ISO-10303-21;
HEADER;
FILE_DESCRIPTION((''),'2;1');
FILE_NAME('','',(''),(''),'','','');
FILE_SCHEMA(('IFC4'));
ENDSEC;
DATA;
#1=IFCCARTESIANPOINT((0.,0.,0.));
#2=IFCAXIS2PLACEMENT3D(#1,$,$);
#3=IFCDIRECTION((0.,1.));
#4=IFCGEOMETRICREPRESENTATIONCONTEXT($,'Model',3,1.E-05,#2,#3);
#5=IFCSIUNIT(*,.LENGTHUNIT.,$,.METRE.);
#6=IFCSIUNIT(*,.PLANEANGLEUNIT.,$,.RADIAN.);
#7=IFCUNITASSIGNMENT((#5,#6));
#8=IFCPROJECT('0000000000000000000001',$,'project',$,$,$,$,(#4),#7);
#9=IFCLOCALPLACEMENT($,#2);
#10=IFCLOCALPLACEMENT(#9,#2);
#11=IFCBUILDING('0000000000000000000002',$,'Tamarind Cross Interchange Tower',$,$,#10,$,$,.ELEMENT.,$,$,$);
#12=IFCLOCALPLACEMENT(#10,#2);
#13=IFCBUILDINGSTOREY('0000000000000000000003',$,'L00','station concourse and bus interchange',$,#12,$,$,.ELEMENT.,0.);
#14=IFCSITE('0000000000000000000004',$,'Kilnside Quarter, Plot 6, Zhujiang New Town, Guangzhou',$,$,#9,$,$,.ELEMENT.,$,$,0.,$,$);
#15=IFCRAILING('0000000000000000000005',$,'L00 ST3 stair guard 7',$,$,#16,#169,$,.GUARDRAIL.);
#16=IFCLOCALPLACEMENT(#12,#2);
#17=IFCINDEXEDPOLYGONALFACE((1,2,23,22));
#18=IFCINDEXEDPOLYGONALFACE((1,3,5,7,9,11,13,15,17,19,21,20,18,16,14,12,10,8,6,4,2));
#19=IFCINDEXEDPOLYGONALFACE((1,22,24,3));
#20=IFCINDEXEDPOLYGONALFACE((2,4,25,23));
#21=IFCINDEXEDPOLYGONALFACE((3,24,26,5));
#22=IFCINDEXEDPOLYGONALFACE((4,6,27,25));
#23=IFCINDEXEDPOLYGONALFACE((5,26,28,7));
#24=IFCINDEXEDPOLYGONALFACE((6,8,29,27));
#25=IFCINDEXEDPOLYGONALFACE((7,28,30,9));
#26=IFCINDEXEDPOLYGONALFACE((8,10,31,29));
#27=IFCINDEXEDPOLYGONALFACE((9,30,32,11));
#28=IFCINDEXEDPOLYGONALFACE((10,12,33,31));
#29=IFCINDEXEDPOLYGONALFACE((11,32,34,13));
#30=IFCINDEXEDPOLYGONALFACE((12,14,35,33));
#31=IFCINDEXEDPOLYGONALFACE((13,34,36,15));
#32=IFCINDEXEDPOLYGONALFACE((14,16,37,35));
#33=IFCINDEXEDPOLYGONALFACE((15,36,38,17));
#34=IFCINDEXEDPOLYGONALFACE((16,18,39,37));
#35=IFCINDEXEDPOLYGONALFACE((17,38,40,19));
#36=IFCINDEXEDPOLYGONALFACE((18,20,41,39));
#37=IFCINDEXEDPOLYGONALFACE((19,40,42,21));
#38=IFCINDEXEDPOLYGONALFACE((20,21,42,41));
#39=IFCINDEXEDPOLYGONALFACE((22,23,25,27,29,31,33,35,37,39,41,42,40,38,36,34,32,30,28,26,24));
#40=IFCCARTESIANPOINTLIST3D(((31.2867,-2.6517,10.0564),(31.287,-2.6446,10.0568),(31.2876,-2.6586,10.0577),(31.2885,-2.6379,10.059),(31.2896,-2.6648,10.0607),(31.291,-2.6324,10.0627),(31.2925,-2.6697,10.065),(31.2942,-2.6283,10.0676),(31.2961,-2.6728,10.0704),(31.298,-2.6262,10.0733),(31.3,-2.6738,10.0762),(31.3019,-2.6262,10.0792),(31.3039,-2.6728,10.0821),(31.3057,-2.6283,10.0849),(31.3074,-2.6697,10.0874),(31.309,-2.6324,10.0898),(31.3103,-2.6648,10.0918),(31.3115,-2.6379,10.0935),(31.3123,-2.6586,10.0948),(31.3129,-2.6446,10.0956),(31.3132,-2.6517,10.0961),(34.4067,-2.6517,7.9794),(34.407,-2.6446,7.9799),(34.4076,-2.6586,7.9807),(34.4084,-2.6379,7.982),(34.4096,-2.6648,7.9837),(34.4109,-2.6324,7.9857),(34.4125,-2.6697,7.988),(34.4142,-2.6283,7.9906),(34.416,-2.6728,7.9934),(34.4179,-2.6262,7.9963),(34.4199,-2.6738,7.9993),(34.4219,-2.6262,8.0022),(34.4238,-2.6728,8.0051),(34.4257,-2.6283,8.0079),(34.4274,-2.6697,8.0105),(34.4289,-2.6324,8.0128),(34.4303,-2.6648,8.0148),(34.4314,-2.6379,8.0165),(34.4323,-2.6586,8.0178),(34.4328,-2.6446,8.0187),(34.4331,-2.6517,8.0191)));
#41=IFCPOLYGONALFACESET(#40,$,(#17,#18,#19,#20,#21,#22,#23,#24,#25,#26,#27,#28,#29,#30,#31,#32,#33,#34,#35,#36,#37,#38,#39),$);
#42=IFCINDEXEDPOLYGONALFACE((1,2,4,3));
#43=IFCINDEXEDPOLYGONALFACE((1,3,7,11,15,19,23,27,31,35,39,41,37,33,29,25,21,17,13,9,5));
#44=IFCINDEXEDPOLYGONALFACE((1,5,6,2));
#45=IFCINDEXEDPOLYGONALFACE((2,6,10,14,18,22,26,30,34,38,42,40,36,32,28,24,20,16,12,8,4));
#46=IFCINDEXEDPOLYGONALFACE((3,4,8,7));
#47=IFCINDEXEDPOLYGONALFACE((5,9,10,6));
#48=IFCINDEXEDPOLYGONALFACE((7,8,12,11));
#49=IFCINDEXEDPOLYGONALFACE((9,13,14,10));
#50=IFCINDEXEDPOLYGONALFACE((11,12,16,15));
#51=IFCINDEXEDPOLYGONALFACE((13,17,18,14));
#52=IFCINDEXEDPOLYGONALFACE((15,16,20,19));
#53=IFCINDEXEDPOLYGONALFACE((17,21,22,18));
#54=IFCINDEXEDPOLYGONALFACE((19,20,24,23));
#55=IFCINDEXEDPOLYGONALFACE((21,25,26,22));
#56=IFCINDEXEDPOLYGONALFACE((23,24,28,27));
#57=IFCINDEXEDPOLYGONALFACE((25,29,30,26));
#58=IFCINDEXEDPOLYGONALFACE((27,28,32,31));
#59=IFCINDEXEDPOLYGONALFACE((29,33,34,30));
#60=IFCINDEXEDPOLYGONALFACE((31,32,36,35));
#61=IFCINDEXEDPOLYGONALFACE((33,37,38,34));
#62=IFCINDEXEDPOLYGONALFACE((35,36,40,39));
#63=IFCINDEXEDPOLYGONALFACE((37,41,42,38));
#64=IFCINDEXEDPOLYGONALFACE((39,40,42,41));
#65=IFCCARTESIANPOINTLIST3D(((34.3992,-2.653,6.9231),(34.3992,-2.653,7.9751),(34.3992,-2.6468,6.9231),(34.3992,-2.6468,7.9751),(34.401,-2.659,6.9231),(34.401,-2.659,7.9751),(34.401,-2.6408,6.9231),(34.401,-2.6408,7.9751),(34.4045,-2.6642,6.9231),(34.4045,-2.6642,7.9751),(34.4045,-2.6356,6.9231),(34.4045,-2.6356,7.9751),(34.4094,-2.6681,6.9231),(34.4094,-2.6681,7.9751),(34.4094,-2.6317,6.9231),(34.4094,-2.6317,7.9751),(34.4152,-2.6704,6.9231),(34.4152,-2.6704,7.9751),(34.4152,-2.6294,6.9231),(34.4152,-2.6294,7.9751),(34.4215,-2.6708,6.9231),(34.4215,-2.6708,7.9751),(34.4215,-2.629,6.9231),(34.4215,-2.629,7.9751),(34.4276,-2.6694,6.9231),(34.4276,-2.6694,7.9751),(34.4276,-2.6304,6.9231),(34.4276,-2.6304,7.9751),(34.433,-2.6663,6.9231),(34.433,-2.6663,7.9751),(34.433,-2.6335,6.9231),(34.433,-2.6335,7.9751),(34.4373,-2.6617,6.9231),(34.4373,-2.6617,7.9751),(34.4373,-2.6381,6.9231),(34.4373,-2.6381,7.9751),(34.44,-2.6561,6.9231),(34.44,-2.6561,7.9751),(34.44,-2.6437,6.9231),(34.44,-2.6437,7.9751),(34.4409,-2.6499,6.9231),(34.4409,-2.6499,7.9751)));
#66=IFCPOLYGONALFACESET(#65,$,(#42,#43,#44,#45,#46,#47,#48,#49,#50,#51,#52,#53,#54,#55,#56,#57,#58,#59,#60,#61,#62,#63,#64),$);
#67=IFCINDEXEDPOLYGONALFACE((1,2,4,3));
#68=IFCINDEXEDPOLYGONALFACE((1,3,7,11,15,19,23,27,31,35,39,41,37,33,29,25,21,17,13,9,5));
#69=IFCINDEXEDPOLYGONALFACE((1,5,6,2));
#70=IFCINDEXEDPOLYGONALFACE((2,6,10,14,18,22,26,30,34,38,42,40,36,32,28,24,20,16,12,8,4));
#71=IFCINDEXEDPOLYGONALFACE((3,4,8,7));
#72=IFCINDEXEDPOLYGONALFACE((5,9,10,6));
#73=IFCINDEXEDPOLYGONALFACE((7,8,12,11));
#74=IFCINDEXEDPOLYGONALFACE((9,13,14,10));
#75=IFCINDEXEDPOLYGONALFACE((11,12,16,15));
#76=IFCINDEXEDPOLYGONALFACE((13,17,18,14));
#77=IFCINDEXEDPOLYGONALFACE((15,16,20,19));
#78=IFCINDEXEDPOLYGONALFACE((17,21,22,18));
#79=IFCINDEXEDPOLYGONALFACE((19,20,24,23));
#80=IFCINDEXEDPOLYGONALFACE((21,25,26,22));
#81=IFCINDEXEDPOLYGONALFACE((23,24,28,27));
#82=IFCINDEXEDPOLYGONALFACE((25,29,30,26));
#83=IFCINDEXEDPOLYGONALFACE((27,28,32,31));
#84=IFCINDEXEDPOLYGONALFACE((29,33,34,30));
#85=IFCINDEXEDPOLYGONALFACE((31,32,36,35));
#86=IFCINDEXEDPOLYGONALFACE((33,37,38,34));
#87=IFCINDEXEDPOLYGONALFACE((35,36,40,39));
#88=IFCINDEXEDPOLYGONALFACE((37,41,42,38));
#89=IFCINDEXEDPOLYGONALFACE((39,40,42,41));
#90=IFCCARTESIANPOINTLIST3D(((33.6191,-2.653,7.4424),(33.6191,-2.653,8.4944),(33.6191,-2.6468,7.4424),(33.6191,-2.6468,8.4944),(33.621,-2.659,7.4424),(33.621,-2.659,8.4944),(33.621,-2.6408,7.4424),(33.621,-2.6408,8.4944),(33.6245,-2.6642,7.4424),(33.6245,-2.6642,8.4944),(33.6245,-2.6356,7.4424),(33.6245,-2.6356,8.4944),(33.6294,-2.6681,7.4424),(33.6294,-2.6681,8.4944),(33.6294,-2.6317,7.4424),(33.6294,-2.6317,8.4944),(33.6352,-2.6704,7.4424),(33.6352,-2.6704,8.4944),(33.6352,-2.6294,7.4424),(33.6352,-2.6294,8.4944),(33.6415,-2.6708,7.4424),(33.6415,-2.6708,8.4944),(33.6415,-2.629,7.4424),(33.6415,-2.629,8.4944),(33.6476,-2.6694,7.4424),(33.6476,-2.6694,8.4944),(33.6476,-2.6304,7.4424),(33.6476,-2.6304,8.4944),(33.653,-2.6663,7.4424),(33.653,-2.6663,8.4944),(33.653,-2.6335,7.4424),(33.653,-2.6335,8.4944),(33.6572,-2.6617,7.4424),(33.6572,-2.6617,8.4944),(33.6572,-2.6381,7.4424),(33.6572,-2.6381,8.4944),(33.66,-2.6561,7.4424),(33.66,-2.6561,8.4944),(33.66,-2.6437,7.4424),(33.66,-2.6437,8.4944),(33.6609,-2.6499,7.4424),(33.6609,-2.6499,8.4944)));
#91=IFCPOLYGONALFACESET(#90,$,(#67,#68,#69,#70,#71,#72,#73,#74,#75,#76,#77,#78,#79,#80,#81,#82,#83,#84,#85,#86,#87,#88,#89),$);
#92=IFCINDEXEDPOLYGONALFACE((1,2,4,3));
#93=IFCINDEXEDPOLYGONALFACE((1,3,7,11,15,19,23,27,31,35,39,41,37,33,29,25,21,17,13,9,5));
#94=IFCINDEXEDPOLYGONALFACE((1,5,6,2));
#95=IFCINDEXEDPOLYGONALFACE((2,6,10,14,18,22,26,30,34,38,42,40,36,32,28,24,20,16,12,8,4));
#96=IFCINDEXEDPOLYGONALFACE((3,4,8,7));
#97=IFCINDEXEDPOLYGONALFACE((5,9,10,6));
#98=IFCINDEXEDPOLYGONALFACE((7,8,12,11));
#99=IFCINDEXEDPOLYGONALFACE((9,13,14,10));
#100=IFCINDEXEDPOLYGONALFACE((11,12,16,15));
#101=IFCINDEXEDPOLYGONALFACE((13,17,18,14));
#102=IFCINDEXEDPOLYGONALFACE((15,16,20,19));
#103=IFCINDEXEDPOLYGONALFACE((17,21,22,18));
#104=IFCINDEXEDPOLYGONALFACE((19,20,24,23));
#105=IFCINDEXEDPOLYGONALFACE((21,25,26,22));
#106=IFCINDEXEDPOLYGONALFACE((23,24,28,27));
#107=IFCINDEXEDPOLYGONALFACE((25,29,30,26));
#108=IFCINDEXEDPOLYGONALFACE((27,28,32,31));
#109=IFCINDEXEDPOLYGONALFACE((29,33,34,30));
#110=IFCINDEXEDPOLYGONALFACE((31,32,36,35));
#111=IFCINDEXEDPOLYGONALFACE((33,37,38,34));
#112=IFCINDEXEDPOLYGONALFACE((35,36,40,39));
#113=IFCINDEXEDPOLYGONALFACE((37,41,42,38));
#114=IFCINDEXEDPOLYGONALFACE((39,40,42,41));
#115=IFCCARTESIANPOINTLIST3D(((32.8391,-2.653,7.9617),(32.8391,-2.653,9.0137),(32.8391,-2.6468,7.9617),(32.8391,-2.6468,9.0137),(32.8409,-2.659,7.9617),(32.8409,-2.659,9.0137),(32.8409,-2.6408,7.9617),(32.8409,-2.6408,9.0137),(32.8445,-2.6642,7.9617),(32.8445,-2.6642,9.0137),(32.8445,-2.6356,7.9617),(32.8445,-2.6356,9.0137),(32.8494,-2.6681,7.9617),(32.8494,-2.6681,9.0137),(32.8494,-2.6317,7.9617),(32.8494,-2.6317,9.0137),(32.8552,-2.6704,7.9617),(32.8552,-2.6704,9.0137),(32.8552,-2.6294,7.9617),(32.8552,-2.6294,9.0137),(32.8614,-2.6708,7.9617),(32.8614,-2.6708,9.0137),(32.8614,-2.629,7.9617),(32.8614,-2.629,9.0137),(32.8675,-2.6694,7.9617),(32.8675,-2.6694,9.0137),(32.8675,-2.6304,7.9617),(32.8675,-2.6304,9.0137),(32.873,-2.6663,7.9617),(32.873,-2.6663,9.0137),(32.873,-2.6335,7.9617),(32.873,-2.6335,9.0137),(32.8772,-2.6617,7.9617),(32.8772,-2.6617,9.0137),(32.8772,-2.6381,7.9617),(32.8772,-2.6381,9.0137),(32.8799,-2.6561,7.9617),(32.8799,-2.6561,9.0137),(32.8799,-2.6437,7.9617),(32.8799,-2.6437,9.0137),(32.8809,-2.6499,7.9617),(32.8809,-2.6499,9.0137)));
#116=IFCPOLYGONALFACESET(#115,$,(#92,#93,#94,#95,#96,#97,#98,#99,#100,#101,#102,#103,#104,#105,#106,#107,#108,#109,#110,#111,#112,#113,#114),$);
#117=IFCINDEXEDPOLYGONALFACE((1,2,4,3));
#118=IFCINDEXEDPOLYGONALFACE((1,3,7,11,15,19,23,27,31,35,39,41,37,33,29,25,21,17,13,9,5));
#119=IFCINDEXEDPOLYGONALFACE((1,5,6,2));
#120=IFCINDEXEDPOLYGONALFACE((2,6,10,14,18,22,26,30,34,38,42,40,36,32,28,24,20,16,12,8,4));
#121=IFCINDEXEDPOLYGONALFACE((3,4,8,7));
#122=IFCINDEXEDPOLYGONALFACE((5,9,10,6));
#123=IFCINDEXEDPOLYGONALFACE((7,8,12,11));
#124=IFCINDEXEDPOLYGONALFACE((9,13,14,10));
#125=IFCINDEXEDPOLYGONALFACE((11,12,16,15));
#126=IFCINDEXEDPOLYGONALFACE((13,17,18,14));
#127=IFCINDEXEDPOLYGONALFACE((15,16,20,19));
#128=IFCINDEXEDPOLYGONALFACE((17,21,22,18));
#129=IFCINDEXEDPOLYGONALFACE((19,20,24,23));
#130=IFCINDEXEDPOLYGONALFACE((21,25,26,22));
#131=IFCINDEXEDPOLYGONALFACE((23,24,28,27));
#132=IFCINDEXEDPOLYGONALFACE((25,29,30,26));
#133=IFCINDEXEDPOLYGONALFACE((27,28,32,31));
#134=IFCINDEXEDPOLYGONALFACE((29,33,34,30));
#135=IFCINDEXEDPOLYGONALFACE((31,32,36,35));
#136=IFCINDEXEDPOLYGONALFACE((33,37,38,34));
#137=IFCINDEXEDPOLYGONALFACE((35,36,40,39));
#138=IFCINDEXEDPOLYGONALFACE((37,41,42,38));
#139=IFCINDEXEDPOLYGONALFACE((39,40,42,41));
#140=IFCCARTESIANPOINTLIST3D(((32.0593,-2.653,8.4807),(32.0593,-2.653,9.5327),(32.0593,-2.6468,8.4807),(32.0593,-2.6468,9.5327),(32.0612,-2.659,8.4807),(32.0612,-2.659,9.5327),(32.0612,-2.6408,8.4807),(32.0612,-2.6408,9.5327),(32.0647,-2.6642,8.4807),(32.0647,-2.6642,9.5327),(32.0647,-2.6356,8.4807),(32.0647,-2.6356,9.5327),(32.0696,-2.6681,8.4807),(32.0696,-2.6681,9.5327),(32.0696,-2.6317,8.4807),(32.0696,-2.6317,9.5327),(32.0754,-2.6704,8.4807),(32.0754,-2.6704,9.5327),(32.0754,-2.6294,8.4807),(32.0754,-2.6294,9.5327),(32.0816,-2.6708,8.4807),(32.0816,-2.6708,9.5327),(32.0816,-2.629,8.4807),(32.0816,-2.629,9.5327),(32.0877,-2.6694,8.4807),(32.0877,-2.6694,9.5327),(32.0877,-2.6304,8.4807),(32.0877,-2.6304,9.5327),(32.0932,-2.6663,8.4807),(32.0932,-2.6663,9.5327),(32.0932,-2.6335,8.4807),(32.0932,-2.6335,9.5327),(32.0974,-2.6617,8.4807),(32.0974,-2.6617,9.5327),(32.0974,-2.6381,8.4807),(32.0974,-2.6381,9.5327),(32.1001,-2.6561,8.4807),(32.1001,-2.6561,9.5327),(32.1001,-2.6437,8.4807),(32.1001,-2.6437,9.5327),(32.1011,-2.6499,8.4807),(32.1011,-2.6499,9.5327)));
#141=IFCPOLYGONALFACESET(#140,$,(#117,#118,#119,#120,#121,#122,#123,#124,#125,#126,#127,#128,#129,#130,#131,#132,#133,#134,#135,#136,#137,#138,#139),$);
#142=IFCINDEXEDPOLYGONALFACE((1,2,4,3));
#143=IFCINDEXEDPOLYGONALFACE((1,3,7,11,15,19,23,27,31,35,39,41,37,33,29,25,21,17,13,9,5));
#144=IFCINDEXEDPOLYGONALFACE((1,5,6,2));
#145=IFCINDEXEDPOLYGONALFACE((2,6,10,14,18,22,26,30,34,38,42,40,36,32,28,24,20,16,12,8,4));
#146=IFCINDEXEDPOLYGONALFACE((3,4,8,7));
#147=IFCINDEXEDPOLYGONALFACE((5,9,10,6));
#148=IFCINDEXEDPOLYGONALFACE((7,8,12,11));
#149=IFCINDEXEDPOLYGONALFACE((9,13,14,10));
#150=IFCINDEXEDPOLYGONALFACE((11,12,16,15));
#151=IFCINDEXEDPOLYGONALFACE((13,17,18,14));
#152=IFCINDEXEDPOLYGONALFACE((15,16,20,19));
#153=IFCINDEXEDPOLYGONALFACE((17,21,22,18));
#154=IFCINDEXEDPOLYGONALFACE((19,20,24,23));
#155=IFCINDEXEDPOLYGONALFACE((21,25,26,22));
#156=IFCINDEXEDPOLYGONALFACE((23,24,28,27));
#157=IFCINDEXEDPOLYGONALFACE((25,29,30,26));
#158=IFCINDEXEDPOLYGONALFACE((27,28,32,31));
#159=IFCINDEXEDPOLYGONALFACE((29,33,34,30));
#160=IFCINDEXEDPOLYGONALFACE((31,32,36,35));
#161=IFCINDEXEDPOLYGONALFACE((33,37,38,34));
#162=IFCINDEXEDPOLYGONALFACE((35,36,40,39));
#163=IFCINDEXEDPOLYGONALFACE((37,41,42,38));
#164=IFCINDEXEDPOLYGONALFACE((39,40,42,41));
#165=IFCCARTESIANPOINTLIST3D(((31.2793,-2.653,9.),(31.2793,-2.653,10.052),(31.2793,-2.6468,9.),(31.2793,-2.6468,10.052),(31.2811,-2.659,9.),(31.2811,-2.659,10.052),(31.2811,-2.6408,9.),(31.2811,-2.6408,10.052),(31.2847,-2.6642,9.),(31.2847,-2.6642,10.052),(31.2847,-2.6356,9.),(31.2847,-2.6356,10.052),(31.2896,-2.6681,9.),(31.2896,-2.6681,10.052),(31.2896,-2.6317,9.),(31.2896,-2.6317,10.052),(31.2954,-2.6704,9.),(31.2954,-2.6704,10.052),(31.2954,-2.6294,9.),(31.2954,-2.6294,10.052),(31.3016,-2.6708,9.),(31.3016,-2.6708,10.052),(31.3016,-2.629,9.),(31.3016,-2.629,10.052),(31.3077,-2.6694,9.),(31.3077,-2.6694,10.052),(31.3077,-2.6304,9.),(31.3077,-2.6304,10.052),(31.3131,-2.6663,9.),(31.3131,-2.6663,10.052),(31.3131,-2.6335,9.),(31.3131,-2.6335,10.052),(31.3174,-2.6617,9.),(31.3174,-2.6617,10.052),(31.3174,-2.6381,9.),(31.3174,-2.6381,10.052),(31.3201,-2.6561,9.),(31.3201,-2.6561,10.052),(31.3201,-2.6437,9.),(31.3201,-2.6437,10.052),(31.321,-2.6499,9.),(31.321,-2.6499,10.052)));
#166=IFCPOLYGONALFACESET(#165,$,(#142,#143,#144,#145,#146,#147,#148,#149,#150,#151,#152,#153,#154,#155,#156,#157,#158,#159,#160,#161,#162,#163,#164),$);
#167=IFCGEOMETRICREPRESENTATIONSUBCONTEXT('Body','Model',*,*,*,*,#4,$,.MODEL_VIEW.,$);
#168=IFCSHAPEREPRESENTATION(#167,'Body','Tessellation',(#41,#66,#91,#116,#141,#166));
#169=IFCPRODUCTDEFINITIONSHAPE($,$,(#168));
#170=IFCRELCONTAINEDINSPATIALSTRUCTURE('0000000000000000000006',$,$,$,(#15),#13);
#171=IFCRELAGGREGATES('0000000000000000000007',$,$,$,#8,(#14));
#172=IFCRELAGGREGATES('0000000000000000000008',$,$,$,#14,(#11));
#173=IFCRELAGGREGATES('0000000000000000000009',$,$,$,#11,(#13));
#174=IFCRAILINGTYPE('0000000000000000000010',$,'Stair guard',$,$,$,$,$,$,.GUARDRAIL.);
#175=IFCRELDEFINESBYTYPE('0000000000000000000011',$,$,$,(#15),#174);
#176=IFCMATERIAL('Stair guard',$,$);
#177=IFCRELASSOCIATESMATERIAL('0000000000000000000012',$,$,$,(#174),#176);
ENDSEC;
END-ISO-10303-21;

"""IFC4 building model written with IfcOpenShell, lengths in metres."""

from ifc_helpers import new_model, si_unit, direction, frame, origin, origin_2d, place, context, subcontext, project, spatial, circle, extrude, material, type_object, element, save


model = new_model("IFC4")

# Units and contexts
model_context = context("Model", 3, precision=1e-05, world=origin(), true_north=direction((0.0, 1.0)))
body_context = subcontext(model_context, "Body", "Model", "MODEL_VIEW")
ifc_project = project(units=[si_unit("LENGTHUNIT", "METRE"), si_unit("PLANEANGLEUNIT", "RADIAN")], contexts=[model_context])

# Site, building, storey
site_placement = place(None, origin())
site = spatial("IfcSite", under=ifc_project, at=site_placement, Name="Kilnside Quarter, Plot 6, Zhujiang New Town, Guangzhou", CompositionType="ELEMENT", RefElevation=0.0)
building_placement = place(site_placement, origin())
building = spatial("IfcBuilding", under=site, at=building_placement, Name="Tamarind Cross Interchange Tower", CompositionType="ELEMENT")
storey_placement = place(building_placement, origin())
storey = spatial("IfcBuildingStorey", under=building, at=storey_placement, Name="L00", Description="station concourse and bus interchange", CompositionType="ELEMENT", Elevation=0.0)

# Railing
ifc_material_1 = material(Name="Stair guard")
railing_type_1 = type_object("IfcRailingType", Name="Stair guard", PredefinedType="GUARDRAIL", material=ifc_material_1)
railing_1_placement = place(storey_placement, frame((34.4199, -2.6499, 6.9231)))
element("IfcRailing", 1, at=railing_1_placement, inside=storey, type_object=railing_type_1, Name="L00 ST3 stair guard 7", PredefinedType="GUARDRAIL", context=body_context, shape_type="SweptSolid", body=[
    extrude(circle(Radius=0.0239, at=origin_2d()), frame((0.0, 0.0, 1.0762), z_axis=(-0.832421, 0.0, 0.554144), x_axis=(0.0, -1.0, 0.0)), (0.0, 0.0, 1.0), 3.748),
    extrude(circle(Radius=0.021, at=origin_2d()), origin(), (0.0, 0.0, 1.0), 1.052),
    extrude(circle(Radius=0.021, at=origin_2d()), frame((-0.78, 0.0, 0.5193)), (0.0, 0.0, 1.0), 1.052),
    extrude(circle(Radius=0.021, at=origin_2d()), frame((-1.5601, 0.0, 1.0386)), (0.0, 0.0, 1.0), 1.052),
    extrude(circle(Radius=0.021, at=origin_2d()), frame((-2.3398, 0.0, 1.5576)), (0.0, 0.0, 1.0), 1.052),
    extrude(circle(Radius=0.021, at=origin_2d()), frame((-3.1199, 0.0, 2.0769)), (0.0, 0.0, 1.0), 1.052),
])

save(model, "model.ifc")
